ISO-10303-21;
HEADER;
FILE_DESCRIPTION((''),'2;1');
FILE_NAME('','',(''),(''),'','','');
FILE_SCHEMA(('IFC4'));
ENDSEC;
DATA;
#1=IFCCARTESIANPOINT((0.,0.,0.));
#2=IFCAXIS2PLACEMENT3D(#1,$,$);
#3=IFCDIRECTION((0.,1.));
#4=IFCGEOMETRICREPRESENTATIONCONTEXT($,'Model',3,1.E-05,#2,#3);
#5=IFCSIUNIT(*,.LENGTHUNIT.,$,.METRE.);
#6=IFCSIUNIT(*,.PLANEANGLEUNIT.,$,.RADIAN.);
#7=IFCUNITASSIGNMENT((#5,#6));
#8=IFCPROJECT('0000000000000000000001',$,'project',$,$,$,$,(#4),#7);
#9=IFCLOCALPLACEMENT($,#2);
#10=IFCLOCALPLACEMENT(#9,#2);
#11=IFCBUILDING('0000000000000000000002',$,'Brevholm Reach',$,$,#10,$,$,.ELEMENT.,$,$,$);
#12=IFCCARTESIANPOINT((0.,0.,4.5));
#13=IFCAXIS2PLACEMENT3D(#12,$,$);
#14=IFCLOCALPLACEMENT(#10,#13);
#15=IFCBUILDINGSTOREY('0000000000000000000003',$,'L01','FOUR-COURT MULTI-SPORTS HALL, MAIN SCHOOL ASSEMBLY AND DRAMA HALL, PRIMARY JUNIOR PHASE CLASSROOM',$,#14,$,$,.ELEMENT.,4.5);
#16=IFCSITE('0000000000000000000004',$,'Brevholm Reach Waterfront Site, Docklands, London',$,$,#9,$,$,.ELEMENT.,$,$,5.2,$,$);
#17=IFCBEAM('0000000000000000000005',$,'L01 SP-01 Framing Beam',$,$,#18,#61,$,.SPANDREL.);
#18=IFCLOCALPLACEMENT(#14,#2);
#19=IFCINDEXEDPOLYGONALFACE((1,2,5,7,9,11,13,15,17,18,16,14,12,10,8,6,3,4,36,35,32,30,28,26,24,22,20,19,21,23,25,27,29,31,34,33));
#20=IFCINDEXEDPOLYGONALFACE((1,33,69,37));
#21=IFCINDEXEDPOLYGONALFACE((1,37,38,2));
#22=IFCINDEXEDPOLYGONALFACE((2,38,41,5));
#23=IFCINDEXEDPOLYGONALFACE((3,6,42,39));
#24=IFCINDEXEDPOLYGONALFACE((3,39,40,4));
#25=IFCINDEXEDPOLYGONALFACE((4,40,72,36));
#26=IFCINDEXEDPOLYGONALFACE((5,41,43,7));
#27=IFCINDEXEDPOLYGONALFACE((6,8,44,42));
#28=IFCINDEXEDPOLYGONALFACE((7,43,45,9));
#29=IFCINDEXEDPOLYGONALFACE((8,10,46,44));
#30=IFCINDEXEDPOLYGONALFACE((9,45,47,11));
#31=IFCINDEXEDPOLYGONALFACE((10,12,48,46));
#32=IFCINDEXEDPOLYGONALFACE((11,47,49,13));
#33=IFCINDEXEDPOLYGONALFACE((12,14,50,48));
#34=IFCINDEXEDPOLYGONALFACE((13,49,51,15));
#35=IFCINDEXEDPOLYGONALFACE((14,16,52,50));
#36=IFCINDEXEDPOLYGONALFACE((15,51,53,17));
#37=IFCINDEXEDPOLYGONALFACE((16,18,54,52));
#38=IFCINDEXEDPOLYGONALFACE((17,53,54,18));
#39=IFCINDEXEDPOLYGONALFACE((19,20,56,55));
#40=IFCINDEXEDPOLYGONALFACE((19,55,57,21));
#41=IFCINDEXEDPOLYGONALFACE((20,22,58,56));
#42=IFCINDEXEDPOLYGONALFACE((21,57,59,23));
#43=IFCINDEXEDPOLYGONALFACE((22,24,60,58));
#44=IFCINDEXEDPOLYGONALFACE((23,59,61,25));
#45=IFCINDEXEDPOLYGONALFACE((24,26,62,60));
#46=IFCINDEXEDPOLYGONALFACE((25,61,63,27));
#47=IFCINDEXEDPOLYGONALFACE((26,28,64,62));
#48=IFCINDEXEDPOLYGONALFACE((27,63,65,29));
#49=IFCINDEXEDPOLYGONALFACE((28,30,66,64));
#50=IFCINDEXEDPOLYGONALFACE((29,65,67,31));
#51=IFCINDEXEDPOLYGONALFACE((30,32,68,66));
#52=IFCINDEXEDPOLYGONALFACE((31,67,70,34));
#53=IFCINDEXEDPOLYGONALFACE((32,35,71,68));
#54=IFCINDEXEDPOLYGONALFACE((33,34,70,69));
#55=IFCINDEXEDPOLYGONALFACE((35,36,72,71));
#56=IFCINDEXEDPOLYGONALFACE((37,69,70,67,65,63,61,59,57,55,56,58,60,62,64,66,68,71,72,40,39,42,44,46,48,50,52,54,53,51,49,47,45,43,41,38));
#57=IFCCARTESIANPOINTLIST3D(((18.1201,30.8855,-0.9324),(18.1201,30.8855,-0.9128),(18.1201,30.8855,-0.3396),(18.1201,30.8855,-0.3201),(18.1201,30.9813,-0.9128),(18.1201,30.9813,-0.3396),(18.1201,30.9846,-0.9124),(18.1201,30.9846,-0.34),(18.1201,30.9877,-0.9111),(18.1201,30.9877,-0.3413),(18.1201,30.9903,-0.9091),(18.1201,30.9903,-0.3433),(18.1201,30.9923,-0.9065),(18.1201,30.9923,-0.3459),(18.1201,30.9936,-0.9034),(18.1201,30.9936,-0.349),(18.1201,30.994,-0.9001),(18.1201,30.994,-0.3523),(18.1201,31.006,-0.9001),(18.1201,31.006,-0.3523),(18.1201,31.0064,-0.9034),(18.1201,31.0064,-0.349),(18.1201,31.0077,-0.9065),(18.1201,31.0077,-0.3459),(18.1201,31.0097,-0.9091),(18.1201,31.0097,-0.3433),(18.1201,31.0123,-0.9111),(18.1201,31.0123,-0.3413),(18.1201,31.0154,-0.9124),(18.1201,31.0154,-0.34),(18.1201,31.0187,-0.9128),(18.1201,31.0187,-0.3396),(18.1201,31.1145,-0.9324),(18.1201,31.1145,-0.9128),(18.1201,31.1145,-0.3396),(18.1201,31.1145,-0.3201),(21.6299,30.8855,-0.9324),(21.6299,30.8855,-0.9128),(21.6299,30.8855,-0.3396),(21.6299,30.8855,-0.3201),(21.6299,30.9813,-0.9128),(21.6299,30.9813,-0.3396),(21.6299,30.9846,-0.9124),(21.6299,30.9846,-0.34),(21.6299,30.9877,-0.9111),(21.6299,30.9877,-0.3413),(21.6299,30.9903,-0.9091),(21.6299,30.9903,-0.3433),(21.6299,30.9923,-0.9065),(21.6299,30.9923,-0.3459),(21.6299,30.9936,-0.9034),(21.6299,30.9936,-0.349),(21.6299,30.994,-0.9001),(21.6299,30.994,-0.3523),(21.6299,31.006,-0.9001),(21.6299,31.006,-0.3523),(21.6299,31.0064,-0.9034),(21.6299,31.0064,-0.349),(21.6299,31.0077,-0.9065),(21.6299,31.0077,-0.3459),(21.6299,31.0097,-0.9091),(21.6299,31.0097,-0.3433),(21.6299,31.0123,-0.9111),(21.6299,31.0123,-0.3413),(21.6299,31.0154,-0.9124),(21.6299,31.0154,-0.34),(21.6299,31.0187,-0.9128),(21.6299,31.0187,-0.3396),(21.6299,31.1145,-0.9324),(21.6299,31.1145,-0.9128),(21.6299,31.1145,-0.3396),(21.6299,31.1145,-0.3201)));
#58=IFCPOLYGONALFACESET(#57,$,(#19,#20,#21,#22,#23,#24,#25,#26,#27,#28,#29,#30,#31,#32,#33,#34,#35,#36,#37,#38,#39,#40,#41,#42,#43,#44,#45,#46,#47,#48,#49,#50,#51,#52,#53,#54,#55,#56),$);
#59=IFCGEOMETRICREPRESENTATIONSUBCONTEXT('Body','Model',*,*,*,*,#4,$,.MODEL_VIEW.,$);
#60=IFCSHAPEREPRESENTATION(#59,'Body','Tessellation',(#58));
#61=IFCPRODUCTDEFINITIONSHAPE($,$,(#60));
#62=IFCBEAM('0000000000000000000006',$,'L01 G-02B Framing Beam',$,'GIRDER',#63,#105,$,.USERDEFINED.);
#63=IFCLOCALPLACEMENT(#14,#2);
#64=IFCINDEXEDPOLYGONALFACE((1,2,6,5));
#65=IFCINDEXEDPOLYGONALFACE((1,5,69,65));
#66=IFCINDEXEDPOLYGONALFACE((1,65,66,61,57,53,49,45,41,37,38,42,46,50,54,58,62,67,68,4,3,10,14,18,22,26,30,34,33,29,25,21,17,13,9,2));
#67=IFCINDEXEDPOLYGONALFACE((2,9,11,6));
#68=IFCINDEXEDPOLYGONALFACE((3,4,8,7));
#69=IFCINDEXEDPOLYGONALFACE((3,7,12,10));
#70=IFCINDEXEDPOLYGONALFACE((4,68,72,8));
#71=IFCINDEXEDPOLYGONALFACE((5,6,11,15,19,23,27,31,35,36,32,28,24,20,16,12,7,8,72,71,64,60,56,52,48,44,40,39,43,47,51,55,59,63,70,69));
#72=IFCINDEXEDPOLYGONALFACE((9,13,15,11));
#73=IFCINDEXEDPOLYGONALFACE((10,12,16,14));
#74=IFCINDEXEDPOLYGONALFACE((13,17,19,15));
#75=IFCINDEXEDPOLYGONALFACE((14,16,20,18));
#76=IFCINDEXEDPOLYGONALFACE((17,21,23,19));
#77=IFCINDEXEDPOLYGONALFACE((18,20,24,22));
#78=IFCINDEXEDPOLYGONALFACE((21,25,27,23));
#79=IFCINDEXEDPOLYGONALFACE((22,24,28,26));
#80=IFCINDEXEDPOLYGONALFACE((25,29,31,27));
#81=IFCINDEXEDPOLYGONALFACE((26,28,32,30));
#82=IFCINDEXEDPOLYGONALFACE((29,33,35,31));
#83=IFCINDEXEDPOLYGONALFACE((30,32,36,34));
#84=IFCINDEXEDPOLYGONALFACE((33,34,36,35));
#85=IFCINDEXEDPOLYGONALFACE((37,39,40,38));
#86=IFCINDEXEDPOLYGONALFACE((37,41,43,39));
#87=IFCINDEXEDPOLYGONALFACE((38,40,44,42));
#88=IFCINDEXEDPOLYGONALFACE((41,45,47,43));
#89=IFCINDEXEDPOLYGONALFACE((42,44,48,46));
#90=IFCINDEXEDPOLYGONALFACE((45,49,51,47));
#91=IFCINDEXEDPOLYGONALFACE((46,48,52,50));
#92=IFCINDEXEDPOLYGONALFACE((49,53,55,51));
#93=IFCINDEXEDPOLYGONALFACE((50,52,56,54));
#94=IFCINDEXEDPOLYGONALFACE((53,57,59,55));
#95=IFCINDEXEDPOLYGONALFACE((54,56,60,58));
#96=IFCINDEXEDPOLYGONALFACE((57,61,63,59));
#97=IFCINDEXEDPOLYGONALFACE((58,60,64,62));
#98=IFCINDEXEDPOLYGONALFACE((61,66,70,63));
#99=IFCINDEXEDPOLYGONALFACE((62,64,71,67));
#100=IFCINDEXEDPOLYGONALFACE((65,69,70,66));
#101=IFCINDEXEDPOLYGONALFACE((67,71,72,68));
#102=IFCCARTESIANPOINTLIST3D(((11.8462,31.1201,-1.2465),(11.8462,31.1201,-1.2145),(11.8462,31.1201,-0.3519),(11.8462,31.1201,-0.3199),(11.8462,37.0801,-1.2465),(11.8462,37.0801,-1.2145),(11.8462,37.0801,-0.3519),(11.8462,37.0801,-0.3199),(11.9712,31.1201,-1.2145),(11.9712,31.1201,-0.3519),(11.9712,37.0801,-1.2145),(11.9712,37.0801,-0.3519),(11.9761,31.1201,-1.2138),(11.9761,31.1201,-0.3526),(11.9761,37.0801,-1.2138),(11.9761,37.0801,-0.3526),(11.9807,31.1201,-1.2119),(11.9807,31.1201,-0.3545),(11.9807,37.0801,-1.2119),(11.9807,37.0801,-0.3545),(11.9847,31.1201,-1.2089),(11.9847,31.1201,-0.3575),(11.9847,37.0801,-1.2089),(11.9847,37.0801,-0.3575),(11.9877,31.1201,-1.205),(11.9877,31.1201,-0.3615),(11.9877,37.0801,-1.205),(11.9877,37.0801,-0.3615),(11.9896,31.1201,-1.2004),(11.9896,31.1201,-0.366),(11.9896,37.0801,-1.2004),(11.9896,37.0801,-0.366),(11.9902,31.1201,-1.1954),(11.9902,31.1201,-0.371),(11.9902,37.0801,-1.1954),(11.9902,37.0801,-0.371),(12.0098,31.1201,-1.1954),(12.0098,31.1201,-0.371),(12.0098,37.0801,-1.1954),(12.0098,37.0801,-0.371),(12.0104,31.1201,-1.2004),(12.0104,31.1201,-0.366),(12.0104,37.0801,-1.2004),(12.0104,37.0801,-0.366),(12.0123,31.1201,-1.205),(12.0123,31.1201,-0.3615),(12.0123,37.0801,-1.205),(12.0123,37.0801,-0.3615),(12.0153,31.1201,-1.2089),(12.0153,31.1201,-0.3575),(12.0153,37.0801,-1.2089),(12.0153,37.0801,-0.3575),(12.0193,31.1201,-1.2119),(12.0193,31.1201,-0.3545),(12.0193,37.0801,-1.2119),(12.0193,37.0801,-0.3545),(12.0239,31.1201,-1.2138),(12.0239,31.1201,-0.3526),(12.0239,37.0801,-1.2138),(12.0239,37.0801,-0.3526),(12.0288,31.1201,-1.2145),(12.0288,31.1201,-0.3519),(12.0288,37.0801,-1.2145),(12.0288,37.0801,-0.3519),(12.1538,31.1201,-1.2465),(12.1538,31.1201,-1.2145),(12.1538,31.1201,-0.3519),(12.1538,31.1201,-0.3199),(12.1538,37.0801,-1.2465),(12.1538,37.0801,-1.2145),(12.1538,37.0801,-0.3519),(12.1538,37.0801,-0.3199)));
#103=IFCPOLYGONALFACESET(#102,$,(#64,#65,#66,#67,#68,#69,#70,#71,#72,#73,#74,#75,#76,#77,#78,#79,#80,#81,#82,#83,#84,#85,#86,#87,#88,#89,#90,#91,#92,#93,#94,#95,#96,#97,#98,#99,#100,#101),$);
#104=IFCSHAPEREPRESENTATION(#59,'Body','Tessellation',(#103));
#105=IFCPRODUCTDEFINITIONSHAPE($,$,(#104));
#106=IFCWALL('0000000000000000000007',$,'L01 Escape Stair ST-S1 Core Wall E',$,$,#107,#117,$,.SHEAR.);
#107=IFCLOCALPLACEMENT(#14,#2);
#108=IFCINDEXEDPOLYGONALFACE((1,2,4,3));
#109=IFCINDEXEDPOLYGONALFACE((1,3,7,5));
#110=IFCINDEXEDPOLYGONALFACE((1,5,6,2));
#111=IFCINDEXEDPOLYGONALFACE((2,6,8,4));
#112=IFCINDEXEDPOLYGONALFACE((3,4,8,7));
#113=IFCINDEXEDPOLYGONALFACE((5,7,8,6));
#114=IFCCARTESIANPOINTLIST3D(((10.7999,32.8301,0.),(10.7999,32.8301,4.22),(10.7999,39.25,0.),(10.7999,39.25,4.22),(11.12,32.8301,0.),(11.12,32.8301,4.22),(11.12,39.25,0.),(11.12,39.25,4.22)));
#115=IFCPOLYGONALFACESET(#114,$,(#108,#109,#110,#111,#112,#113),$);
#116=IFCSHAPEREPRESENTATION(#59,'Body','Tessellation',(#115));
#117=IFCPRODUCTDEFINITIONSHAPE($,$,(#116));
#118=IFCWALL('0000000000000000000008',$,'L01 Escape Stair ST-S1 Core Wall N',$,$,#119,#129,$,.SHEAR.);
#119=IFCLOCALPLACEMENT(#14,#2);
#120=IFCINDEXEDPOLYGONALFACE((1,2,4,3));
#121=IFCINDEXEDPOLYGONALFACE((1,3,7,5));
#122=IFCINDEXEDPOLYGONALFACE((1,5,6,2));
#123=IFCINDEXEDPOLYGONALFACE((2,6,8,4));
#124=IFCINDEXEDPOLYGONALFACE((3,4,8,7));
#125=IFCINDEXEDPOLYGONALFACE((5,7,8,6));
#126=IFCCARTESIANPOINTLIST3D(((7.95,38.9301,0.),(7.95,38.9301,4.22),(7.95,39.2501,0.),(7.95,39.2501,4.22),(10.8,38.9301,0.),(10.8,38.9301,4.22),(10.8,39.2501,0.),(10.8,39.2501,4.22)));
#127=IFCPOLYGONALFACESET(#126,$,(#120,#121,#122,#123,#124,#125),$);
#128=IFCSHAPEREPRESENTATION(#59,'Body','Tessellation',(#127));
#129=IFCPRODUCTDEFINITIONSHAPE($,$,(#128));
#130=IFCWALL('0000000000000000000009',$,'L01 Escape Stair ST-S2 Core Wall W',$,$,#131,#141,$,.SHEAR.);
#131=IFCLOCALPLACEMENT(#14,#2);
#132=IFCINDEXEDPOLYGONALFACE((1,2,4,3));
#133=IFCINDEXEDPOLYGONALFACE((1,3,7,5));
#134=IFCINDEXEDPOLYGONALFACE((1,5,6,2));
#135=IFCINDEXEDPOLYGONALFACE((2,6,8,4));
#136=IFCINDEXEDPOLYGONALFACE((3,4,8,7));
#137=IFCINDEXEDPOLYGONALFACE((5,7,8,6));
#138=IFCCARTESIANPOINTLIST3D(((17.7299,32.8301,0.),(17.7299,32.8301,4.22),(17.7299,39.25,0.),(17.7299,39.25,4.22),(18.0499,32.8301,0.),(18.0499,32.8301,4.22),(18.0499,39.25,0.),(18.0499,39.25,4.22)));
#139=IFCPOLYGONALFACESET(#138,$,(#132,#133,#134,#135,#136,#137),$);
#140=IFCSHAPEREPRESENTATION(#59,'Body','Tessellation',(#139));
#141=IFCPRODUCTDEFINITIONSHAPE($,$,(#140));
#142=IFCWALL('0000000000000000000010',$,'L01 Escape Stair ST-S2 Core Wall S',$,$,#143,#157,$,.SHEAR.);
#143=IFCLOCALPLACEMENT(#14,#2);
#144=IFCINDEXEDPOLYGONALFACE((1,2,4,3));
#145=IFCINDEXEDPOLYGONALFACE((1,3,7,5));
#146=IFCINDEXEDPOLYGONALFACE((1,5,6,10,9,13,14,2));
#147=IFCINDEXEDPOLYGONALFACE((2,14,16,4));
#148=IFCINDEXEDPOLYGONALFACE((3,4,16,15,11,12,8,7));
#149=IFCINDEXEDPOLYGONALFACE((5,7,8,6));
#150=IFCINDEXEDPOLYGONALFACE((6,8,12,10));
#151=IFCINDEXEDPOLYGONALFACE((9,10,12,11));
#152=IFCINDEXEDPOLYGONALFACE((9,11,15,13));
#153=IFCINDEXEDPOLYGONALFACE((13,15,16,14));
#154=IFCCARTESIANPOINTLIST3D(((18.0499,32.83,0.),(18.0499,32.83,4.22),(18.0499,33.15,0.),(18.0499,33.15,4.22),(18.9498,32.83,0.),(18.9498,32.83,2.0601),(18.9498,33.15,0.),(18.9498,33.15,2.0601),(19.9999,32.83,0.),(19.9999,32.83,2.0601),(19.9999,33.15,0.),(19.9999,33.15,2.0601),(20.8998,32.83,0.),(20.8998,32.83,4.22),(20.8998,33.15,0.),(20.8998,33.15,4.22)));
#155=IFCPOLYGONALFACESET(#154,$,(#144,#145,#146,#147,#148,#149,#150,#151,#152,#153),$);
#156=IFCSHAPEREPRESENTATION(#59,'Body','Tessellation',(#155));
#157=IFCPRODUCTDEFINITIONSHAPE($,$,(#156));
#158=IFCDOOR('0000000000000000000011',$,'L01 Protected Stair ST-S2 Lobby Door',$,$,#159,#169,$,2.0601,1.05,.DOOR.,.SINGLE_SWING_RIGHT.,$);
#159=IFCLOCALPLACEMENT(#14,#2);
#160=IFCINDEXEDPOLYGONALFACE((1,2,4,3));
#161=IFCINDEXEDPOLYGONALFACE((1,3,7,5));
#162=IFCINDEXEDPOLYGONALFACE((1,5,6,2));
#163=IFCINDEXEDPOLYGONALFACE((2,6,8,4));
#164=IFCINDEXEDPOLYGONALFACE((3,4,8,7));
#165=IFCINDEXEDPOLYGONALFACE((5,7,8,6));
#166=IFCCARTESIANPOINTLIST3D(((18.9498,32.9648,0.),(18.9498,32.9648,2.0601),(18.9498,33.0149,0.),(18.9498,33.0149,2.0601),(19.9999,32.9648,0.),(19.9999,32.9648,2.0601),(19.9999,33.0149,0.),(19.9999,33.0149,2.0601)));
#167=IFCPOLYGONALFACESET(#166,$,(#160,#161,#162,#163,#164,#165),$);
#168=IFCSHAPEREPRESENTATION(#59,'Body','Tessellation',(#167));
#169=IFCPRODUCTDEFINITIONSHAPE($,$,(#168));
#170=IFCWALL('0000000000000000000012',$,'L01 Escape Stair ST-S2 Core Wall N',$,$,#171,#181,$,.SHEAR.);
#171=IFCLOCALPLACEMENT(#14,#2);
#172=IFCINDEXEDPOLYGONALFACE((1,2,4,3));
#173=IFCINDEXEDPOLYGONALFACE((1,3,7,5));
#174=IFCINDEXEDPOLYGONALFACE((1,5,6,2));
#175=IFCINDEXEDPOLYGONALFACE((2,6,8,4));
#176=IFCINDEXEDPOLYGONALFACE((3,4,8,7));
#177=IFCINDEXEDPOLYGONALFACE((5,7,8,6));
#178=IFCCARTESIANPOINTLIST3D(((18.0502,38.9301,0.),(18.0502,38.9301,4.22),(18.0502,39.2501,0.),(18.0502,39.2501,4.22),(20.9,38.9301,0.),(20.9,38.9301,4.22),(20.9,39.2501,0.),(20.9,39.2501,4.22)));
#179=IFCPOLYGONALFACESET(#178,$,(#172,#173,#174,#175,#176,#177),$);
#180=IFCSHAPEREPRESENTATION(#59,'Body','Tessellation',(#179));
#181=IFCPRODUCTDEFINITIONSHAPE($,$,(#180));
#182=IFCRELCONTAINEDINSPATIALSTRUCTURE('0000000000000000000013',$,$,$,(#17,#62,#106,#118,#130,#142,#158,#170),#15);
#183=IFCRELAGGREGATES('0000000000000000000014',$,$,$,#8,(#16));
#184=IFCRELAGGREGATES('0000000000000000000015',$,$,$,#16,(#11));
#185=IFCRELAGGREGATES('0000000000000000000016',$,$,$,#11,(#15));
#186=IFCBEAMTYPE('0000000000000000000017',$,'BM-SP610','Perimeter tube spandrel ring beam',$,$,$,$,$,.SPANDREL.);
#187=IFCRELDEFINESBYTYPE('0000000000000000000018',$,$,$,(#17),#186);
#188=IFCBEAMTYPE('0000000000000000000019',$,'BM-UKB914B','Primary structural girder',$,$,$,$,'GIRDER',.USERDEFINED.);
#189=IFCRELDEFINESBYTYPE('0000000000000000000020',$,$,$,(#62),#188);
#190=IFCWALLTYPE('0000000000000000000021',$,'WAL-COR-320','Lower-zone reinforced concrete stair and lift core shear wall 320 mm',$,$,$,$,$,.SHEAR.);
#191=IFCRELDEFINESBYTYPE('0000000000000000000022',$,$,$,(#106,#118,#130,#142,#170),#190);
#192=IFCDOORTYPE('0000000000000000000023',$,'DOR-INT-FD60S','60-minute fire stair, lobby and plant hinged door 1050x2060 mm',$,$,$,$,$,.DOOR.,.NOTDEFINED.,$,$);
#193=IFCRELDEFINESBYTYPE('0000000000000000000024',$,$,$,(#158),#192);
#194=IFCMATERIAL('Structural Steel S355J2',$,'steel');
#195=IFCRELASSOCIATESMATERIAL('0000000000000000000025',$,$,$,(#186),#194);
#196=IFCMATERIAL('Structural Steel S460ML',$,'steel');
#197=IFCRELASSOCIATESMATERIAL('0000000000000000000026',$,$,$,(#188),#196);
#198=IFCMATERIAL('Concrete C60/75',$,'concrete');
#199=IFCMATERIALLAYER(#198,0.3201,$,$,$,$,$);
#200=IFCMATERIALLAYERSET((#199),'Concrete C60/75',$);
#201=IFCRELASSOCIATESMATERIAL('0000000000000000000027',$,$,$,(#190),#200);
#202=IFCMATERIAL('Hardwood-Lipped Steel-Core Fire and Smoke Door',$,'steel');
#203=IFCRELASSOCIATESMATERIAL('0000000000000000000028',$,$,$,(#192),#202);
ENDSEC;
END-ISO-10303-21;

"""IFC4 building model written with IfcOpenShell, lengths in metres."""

from ifc_helpers import new_model, si_unit, direction, frame, frame_2d, origin, origin_2d, place, context, subcontext, project, spatial, rectangle, i_section, extrude, material, layer, layer_set, material_profile, profile_set, type_object, element, fill, save


model = new_model("IFC4")

# Units and contexts
model_context = context("Model", 3, precision=1e-05, world=origin(), true_north=direction((0.0, 1.0)))
body_context = subcontext(model_context, "Body", "Model", "MODEL_VIEW")
ifc_project = project(units=[si_unit("LENGTHUNIT", "METRE"), si_unit("PLANEANGLEUNIT", "RADIAN")], contexts=[model_context])

# Site, building, storey
site_placement = place(None, origin())
site = spatial("IfcSite", under=ifc_project, at=site_placement, Name="Brevholm Reach Waterfront Site, Docklands, London", CompositionType="ELEMENT", RefElevation=5.2)
building_placement = place(site_placement, origin())
building = spatial("IfcBuilding", under=site, at=building_placement, Name="Brevholm Reach", CompositionType="ELEMENT")
storey_placement = place(building_placement, frame((0.0, 0.0, 4.5)))
storey = spatial("IfcBuildingStorey", under=building, at=storey_placement, Name="L01", Description="FOUR-COURT MULTI-SPORTS HALL, MAIN SCHOOL ASSEMBLY AND DRAMA HALL, PRIMARY JUNIOR PHASE CLASSROOM", CompositionType="ELEMENT", Elevation=4.5)

# Beams
ifc_material_1 = material(Name="Structural Steel S355J2", Category="steel")
ifc_material_profile_1 = material_profile(ifc_material_1, i_section(OverallWidth=0.229, OverallDepth=0.6123, WebThickness=0.012, FlangeThickness=0.0195, FilletRadius=0.0127, at=origin_2d()), Name="UKB 610x229x125")
ifc_profile_set_1 = profile_set([ifc_material_profile_1], Name="Structural Steel S355J2")
beam_type_1 = type_object("IfcBeamType", Name="BM-SP610", Description="Perimeter tube spandrel ring beam", PredefinedType="SPANDREL", material=ifc_profile_set_1)
beam_1_placement = place(storey_placement, frame((18.1201, 31.0, -0.6262), z_axis=(1.0, 0.0, 0.0), x_axis=(0.0, 1.0, 0.0)))
element("IfcBeam", 1, at=beam_1_placement, inside=storey, type_object=beam_type_1, Name="L01 SP-01 Framing Beam", PredefinedType="SPANDREL", context=body_context, shape_type="SweptSolid", body=[
    extrude(i_section(OverallWidth=0.229, OverallDepth=0.6123, WebThickness=0.012, FlangeThickness=0.0195, FilletRadius=0.0127, at=origin_2d()), origin(), (0.0, 0.0, 1.0), 3.5098),
])
ifc_material_2 = material(Name="Structural Steel S460ML", Category="steel")
ifc_material_profile_2 = material_profile(ifc_material_2, i_section(OverallWidth=0.3076, OverallDepth=0.9265, WebThickness=0.0195, FlangeThickness=0.032, FilletRadius=0.019, at=origin_2d()), Name="UKB 914x305x289")
ifc_profile_set_2 = profile_set([ifc_material_profile_2], Name="Structural Steel S460ML")
beam_type_2 = type_object("IfcBeamType", Name="BM-UKB914B", Description="Primary structural girder", ElementType="GIRDER", PredefinedType="USERDEFINED", material=ifc_profile_set_2)
beam_2_placement = place(storey_placement, frame((12.0, 31.1201, -0.7832), z_axis=(0.0, 1.0, 0.0), x_axis=(-1.0, 0.0, 0.0)))
element("IfcBeam", 2, at=beam_2_placement, inside=storey, type_object=beam_type_2, Name="L01 G-02B Framing Beam", ObjectType="GIRDER", PredefinedType="USERDEFINED", context=body_context, shape_type="SweptSolid", body=[
    extrude(i_section(OverallWidth=0.3076, OverallDepth=0.9265, WebThickness=0.0195, FlangeThickness=0.032, FilletRadius=0.019, at=origin_2d()), origin(), (0.0, 0.0, 1.0), 5.96),
])

# Walls
ifc_material_3 = material(Name="Concrete C60/75", Category="concrete")
ifc_layer_1 = layer(ifc_material_3, 0.3201)
ifc_layer_set_1 = layer_set([ifc_layer_1], Name="Concrete C60/75")
wall_type_1 = type_object("IfcWallType", Name="WAL-COR-320", Description="Lower-zone reinforced concrete stair and lift core shear wall 320 mm", PredefinedType="SHEAR", material=ifc_layer_set_1)
wall_1_placement = place(storey_placement, frame((10.96, 32.8301, 0.0), z_axis=(0.0, 0.0, 1.0), x_axis=(0.0, 1.0, 0.0)))
element("IfcWall", 3, at=wall_1_placement, inside=storey, type_object=wall_type_1, Name="L01 Escape Stair ST-S1 Core Wall E", PredefinedType="SHEAR", context=body_context, shape_type="SweptSolid", body=[
    extrude(rectangle(XDim=6.4199, YDim=0.3201, at=frame_2d((3.21, 0.0))), origin(), (0.0, 0.0, 1.0), 4.22),
])
wall_2_placement = place(storey_placement, frame((10.8, 39.0901, 0.0), z_axis=(0.0, 0.0, 1.0), x_axis=(-1.0, 0.0, 0.0)))
element("IfcWall", 4, at=wall_2_placement, inside=storey, type_object=wall_type_1, Name="L01 Escape Stair ST-S1 Core Wall N", PredefinedType="SHEAR", context=body_context, shape_type="SweptSolid", body=[
    extrude(rectangle(XDim=2.8501, YDim=0.3201, at=frame_2d((1.425, 0.0))), origin(), (0.0, 0.0, 1.0), 4.22),
])
wall_3_placement = place(storey_placement, frame((17.8899, 32.8301, 0.0), z_axis=(0.0, 0.0, 1.0), x_axis=(0.0, 1.0, 0.0)))
element("IfcWall", 5, at=wall_3_placement, inside=storey, type_object=wall_type_1, Name="L01 Escape Stair ST-S2 Core Wall W", PredefinedType="SHEAR", context=body_context, shape_type="SweptSolid", body=[
    extrude(rectangle(XDim=6.4199, YDim=0.3201, at=frame_2d((3.21, 0.0))), origin(), (0.0, 0.0, 1.0), 4.22),
])

# Wall, opening, door
wall_4_placement = place(storey_placement, frame((18.05, 32.99, 0.0), z_axis=(0.0, 0.0, 1.0), x_axis=(1.0, 0.0, 0.0)))
wall_4 = element("IfcWall", 6, at=wall_4_placement, inside=storey, type_object=wall_type_1, Name="L01 Escape Stair ST-S2 Core Wall S", PredefinedType="SHEAR", context=body_context, shape_type="SweptSolid", body=[
    extrude(rectangle(XDim=2.8499, YDim=0.3201, at=frame_2d((1.4248, 0.0))), origin(), (0.0, 0.0, 1.0), 4.22),
])
opening_1_placement = place(wall_4_placement, frame((0.8999, 0.0, 0.0)))
opening_1 = element("IfcOpeningElement", 7, at=opening_1_placement, cuts=wall_4, PredefinedType="OPENING", context=body_context, shape_type="SweptSolid", body=[
    extrude(rectangle(XDim=1.05, YDim=2.0601, at=frame_2d((0.5249, 1.03))), frame((0.0, 0.1699, 0.0), z_axis=(0.0, -1.0, 0.0), x_axis=(1.0, 0.0, 0.0)), (0.0, 0.0, 1.0), 0.3401),
])
ifc_material_4 = material(Name="Hardwood-Lipped Steel-Core Fire and Smoke Door", Category="steel")
door_type_1 = type_object("IfcDoorType", Name="DOR-INT-FD60S", Description="60-minute fire stair, lobby and plant hinged door 1050x2060 mm", OperationType="NOTDEFINED", PredefinedType="DOOR", material=ifc_material_4)
door_1_placement = place(opening_1_placement, origin())
door_1 = element("IfcDoor", 8, at=door_1_placement, inside=storey, type_object=door_type_1, Name="L01 Protected Stair ST-S2 Lobby Door", OperationType="SINGLE_SWING_RIGHT", OverallHeight=2.0601, OverallWidth=1.05, PredefinedType="DOOR", context=body_context, shape_type="SweptSolid", body=[
    extrude(rectangle(XDim=1.05, YDim=2.0601, at=frame_2d((0.5249, 1.03))), frame((0.0, 0.0249, 0.0), z_axis=(0.0, -1.0, 0.0), x_axis=(1.0, 0.0, 0.0)), (0.0, 0.0, 1.0), 0.05),
])
fill(opening_1, door_1)

# Wall
wall_5_placement = place(storey_placement, frame((20.8999, 39.0901, 0.0), z_axis=(0.0, 0.0, 1.0), x_axis=(-1.0, 0.0, 0.0)))
element("IfcWall", 9, at=wall_5_placement, inside=storey, type_object=wall_type_1, Name="L01 Escape Stair ST-S2 Core Wall N", PredefinedType="SHEAR", context=body_context, shape_type="SweptSolid", body=[
    extrude(rectangle(XDim=2.8499, YDim=0.3201, at=frame_2d((1.4248, 0.0))), origin(), (0.0, 0.0, 1.0), 4.22),
])

save(model, "model.ifc")
